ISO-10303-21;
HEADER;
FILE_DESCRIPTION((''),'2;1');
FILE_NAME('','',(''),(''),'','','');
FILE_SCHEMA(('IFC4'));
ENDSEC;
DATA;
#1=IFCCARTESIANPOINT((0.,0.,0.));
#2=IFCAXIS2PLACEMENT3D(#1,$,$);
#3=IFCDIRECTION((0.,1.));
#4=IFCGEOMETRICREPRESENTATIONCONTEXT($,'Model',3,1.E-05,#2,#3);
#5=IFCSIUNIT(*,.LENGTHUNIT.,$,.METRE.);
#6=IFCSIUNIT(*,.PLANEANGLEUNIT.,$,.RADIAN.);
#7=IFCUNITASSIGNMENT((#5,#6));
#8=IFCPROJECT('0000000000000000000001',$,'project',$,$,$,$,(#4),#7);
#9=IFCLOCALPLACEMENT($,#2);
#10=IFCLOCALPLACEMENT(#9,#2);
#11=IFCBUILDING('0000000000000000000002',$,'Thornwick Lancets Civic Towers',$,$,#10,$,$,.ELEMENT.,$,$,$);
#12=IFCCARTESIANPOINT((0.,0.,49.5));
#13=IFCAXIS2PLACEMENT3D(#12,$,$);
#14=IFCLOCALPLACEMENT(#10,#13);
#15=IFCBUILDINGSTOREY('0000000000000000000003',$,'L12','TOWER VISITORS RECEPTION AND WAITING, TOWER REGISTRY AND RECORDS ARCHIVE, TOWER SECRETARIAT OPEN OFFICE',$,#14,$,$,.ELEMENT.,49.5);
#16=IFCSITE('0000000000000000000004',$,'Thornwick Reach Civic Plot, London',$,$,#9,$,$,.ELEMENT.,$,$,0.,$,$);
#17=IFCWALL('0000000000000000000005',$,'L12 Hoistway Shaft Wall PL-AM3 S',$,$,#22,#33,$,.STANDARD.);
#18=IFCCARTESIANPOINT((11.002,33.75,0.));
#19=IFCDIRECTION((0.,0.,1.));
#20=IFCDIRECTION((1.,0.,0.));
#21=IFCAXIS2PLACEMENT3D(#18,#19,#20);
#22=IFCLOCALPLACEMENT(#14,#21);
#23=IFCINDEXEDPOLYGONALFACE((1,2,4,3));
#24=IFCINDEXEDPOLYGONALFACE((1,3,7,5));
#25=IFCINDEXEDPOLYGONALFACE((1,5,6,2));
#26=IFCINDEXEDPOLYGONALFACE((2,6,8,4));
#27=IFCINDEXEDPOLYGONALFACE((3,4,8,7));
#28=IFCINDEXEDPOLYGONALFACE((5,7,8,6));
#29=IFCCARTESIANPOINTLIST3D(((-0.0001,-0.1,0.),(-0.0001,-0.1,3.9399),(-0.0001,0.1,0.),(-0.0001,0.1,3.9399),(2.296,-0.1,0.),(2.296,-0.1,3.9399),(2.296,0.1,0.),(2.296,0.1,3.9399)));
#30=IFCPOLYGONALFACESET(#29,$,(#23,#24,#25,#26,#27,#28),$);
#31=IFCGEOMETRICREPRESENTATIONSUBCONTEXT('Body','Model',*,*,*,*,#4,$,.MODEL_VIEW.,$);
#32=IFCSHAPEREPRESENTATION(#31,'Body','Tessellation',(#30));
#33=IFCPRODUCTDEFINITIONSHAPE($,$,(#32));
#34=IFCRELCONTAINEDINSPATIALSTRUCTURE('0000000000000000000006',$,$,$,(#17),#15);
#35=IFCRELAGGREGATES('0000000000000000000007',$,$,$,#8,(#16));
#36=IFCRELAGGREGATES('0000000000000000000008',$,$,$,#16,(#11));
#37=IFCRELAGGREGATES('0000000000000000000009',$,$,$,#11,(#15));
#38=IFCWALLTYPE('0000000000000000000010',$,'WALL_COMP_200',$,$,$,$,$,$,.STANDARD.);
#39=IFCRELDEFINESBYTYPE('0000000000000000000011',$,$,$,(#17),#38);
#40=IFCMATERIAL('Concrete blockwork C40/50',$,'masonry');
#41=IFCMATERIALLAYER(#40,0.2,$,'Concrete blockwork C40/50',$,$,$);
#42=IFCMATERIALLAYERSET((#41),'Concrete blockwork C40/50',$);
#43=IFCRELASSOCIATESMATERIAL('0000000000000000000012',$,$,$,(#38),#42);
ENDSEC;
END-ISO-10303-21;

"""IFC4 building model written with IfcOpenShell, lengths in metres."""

from ifc_helpers import new_model, si_unit, direction, frame, frame_2d, origin, place, context, subcontext, project, spatial, rectangle, extrude, material, layer, layer_set, type_object, element, save


model = new_model("IFC4")

# Units and contexts
model_context = context("Model", 3, precision=1e-05, world=origin(), true_north=direction((0.0, 1.0)))
body_context = subcontext(model_context, "Body", "Model", "MODEL_VIEW")
ifc_project = project(units=[si_unit("LENGTHUNIT", "METRE"), si_unit("PLANEANGLEUNIT", "RADIAN")], contexts=[model_context])

# Site, building, storey
site_placement = place(None, origin())
site = spatial("IfcSite", under=ifc_project, at=site_placement, Name="Thornwick Reach Civic Plot, London", CompositionType="ELEMENT", RefElevation=0.0)
building_placement = place(site_placement, origin())
building = spatial("IfcBuilding", under=site, at=building_placement, Name="Thornwick Lancets Civic Towers", CompositionType="ELEMENT")
storey_placement = place(building_placement, frame((0.0, 0.0, 49.5)))
storey = spatial("IfcBuildingStorey", under=building, at=storey_placement, Name="L12", Description="TOWER VISITORS RECEPTION AND WAITING, TOWER REGISTRY AND RECORDS ARCHIVE, TOWER SECRETARIAT OPEN OFFICE", CompositionType="ELEMENT", Elevation=49.5)

# Wall
ifc_material_1 = material(Name="Concrete blockwork C40/50", Category="masonry")
ifc_layer_1 = layer(ifc_material_1, 0.2, Name="Concrete blockwork C40/50")
ifc_layer_set_1 = layer_set([ifc_layer_1], Name="Concrete blockwork C40/50")
wall_type_1 = type_object("IfcWallType", Name="WALL_COMP_200", PredefinedType="STANDARD", material=ifc_layer_set_1)
wall_1_placement = place(storey_placement, frame((11.002, 33.75, 0.0), z_axis=(0.0, 0.0, 1.0), x_axis=(1.0, 0.0, 0.0)))
element("IfcWall", 1, at=wall_1_placement, inside=storey, type_object=wall_type_1, Name="L12 Hoistway Shaft Wall PL-AM3 S", PredefinedType="STANDARD", context=body_context, shape_type="SweptSolid", body=[
    extrude(rectangle(XDim=2.2961, YDim=0.2, at=frame_2d((1.1479, 0.0))), origin(), (0.0, 0.0, 1.0), 3.9399),
])

save(model, "model.ifc")
